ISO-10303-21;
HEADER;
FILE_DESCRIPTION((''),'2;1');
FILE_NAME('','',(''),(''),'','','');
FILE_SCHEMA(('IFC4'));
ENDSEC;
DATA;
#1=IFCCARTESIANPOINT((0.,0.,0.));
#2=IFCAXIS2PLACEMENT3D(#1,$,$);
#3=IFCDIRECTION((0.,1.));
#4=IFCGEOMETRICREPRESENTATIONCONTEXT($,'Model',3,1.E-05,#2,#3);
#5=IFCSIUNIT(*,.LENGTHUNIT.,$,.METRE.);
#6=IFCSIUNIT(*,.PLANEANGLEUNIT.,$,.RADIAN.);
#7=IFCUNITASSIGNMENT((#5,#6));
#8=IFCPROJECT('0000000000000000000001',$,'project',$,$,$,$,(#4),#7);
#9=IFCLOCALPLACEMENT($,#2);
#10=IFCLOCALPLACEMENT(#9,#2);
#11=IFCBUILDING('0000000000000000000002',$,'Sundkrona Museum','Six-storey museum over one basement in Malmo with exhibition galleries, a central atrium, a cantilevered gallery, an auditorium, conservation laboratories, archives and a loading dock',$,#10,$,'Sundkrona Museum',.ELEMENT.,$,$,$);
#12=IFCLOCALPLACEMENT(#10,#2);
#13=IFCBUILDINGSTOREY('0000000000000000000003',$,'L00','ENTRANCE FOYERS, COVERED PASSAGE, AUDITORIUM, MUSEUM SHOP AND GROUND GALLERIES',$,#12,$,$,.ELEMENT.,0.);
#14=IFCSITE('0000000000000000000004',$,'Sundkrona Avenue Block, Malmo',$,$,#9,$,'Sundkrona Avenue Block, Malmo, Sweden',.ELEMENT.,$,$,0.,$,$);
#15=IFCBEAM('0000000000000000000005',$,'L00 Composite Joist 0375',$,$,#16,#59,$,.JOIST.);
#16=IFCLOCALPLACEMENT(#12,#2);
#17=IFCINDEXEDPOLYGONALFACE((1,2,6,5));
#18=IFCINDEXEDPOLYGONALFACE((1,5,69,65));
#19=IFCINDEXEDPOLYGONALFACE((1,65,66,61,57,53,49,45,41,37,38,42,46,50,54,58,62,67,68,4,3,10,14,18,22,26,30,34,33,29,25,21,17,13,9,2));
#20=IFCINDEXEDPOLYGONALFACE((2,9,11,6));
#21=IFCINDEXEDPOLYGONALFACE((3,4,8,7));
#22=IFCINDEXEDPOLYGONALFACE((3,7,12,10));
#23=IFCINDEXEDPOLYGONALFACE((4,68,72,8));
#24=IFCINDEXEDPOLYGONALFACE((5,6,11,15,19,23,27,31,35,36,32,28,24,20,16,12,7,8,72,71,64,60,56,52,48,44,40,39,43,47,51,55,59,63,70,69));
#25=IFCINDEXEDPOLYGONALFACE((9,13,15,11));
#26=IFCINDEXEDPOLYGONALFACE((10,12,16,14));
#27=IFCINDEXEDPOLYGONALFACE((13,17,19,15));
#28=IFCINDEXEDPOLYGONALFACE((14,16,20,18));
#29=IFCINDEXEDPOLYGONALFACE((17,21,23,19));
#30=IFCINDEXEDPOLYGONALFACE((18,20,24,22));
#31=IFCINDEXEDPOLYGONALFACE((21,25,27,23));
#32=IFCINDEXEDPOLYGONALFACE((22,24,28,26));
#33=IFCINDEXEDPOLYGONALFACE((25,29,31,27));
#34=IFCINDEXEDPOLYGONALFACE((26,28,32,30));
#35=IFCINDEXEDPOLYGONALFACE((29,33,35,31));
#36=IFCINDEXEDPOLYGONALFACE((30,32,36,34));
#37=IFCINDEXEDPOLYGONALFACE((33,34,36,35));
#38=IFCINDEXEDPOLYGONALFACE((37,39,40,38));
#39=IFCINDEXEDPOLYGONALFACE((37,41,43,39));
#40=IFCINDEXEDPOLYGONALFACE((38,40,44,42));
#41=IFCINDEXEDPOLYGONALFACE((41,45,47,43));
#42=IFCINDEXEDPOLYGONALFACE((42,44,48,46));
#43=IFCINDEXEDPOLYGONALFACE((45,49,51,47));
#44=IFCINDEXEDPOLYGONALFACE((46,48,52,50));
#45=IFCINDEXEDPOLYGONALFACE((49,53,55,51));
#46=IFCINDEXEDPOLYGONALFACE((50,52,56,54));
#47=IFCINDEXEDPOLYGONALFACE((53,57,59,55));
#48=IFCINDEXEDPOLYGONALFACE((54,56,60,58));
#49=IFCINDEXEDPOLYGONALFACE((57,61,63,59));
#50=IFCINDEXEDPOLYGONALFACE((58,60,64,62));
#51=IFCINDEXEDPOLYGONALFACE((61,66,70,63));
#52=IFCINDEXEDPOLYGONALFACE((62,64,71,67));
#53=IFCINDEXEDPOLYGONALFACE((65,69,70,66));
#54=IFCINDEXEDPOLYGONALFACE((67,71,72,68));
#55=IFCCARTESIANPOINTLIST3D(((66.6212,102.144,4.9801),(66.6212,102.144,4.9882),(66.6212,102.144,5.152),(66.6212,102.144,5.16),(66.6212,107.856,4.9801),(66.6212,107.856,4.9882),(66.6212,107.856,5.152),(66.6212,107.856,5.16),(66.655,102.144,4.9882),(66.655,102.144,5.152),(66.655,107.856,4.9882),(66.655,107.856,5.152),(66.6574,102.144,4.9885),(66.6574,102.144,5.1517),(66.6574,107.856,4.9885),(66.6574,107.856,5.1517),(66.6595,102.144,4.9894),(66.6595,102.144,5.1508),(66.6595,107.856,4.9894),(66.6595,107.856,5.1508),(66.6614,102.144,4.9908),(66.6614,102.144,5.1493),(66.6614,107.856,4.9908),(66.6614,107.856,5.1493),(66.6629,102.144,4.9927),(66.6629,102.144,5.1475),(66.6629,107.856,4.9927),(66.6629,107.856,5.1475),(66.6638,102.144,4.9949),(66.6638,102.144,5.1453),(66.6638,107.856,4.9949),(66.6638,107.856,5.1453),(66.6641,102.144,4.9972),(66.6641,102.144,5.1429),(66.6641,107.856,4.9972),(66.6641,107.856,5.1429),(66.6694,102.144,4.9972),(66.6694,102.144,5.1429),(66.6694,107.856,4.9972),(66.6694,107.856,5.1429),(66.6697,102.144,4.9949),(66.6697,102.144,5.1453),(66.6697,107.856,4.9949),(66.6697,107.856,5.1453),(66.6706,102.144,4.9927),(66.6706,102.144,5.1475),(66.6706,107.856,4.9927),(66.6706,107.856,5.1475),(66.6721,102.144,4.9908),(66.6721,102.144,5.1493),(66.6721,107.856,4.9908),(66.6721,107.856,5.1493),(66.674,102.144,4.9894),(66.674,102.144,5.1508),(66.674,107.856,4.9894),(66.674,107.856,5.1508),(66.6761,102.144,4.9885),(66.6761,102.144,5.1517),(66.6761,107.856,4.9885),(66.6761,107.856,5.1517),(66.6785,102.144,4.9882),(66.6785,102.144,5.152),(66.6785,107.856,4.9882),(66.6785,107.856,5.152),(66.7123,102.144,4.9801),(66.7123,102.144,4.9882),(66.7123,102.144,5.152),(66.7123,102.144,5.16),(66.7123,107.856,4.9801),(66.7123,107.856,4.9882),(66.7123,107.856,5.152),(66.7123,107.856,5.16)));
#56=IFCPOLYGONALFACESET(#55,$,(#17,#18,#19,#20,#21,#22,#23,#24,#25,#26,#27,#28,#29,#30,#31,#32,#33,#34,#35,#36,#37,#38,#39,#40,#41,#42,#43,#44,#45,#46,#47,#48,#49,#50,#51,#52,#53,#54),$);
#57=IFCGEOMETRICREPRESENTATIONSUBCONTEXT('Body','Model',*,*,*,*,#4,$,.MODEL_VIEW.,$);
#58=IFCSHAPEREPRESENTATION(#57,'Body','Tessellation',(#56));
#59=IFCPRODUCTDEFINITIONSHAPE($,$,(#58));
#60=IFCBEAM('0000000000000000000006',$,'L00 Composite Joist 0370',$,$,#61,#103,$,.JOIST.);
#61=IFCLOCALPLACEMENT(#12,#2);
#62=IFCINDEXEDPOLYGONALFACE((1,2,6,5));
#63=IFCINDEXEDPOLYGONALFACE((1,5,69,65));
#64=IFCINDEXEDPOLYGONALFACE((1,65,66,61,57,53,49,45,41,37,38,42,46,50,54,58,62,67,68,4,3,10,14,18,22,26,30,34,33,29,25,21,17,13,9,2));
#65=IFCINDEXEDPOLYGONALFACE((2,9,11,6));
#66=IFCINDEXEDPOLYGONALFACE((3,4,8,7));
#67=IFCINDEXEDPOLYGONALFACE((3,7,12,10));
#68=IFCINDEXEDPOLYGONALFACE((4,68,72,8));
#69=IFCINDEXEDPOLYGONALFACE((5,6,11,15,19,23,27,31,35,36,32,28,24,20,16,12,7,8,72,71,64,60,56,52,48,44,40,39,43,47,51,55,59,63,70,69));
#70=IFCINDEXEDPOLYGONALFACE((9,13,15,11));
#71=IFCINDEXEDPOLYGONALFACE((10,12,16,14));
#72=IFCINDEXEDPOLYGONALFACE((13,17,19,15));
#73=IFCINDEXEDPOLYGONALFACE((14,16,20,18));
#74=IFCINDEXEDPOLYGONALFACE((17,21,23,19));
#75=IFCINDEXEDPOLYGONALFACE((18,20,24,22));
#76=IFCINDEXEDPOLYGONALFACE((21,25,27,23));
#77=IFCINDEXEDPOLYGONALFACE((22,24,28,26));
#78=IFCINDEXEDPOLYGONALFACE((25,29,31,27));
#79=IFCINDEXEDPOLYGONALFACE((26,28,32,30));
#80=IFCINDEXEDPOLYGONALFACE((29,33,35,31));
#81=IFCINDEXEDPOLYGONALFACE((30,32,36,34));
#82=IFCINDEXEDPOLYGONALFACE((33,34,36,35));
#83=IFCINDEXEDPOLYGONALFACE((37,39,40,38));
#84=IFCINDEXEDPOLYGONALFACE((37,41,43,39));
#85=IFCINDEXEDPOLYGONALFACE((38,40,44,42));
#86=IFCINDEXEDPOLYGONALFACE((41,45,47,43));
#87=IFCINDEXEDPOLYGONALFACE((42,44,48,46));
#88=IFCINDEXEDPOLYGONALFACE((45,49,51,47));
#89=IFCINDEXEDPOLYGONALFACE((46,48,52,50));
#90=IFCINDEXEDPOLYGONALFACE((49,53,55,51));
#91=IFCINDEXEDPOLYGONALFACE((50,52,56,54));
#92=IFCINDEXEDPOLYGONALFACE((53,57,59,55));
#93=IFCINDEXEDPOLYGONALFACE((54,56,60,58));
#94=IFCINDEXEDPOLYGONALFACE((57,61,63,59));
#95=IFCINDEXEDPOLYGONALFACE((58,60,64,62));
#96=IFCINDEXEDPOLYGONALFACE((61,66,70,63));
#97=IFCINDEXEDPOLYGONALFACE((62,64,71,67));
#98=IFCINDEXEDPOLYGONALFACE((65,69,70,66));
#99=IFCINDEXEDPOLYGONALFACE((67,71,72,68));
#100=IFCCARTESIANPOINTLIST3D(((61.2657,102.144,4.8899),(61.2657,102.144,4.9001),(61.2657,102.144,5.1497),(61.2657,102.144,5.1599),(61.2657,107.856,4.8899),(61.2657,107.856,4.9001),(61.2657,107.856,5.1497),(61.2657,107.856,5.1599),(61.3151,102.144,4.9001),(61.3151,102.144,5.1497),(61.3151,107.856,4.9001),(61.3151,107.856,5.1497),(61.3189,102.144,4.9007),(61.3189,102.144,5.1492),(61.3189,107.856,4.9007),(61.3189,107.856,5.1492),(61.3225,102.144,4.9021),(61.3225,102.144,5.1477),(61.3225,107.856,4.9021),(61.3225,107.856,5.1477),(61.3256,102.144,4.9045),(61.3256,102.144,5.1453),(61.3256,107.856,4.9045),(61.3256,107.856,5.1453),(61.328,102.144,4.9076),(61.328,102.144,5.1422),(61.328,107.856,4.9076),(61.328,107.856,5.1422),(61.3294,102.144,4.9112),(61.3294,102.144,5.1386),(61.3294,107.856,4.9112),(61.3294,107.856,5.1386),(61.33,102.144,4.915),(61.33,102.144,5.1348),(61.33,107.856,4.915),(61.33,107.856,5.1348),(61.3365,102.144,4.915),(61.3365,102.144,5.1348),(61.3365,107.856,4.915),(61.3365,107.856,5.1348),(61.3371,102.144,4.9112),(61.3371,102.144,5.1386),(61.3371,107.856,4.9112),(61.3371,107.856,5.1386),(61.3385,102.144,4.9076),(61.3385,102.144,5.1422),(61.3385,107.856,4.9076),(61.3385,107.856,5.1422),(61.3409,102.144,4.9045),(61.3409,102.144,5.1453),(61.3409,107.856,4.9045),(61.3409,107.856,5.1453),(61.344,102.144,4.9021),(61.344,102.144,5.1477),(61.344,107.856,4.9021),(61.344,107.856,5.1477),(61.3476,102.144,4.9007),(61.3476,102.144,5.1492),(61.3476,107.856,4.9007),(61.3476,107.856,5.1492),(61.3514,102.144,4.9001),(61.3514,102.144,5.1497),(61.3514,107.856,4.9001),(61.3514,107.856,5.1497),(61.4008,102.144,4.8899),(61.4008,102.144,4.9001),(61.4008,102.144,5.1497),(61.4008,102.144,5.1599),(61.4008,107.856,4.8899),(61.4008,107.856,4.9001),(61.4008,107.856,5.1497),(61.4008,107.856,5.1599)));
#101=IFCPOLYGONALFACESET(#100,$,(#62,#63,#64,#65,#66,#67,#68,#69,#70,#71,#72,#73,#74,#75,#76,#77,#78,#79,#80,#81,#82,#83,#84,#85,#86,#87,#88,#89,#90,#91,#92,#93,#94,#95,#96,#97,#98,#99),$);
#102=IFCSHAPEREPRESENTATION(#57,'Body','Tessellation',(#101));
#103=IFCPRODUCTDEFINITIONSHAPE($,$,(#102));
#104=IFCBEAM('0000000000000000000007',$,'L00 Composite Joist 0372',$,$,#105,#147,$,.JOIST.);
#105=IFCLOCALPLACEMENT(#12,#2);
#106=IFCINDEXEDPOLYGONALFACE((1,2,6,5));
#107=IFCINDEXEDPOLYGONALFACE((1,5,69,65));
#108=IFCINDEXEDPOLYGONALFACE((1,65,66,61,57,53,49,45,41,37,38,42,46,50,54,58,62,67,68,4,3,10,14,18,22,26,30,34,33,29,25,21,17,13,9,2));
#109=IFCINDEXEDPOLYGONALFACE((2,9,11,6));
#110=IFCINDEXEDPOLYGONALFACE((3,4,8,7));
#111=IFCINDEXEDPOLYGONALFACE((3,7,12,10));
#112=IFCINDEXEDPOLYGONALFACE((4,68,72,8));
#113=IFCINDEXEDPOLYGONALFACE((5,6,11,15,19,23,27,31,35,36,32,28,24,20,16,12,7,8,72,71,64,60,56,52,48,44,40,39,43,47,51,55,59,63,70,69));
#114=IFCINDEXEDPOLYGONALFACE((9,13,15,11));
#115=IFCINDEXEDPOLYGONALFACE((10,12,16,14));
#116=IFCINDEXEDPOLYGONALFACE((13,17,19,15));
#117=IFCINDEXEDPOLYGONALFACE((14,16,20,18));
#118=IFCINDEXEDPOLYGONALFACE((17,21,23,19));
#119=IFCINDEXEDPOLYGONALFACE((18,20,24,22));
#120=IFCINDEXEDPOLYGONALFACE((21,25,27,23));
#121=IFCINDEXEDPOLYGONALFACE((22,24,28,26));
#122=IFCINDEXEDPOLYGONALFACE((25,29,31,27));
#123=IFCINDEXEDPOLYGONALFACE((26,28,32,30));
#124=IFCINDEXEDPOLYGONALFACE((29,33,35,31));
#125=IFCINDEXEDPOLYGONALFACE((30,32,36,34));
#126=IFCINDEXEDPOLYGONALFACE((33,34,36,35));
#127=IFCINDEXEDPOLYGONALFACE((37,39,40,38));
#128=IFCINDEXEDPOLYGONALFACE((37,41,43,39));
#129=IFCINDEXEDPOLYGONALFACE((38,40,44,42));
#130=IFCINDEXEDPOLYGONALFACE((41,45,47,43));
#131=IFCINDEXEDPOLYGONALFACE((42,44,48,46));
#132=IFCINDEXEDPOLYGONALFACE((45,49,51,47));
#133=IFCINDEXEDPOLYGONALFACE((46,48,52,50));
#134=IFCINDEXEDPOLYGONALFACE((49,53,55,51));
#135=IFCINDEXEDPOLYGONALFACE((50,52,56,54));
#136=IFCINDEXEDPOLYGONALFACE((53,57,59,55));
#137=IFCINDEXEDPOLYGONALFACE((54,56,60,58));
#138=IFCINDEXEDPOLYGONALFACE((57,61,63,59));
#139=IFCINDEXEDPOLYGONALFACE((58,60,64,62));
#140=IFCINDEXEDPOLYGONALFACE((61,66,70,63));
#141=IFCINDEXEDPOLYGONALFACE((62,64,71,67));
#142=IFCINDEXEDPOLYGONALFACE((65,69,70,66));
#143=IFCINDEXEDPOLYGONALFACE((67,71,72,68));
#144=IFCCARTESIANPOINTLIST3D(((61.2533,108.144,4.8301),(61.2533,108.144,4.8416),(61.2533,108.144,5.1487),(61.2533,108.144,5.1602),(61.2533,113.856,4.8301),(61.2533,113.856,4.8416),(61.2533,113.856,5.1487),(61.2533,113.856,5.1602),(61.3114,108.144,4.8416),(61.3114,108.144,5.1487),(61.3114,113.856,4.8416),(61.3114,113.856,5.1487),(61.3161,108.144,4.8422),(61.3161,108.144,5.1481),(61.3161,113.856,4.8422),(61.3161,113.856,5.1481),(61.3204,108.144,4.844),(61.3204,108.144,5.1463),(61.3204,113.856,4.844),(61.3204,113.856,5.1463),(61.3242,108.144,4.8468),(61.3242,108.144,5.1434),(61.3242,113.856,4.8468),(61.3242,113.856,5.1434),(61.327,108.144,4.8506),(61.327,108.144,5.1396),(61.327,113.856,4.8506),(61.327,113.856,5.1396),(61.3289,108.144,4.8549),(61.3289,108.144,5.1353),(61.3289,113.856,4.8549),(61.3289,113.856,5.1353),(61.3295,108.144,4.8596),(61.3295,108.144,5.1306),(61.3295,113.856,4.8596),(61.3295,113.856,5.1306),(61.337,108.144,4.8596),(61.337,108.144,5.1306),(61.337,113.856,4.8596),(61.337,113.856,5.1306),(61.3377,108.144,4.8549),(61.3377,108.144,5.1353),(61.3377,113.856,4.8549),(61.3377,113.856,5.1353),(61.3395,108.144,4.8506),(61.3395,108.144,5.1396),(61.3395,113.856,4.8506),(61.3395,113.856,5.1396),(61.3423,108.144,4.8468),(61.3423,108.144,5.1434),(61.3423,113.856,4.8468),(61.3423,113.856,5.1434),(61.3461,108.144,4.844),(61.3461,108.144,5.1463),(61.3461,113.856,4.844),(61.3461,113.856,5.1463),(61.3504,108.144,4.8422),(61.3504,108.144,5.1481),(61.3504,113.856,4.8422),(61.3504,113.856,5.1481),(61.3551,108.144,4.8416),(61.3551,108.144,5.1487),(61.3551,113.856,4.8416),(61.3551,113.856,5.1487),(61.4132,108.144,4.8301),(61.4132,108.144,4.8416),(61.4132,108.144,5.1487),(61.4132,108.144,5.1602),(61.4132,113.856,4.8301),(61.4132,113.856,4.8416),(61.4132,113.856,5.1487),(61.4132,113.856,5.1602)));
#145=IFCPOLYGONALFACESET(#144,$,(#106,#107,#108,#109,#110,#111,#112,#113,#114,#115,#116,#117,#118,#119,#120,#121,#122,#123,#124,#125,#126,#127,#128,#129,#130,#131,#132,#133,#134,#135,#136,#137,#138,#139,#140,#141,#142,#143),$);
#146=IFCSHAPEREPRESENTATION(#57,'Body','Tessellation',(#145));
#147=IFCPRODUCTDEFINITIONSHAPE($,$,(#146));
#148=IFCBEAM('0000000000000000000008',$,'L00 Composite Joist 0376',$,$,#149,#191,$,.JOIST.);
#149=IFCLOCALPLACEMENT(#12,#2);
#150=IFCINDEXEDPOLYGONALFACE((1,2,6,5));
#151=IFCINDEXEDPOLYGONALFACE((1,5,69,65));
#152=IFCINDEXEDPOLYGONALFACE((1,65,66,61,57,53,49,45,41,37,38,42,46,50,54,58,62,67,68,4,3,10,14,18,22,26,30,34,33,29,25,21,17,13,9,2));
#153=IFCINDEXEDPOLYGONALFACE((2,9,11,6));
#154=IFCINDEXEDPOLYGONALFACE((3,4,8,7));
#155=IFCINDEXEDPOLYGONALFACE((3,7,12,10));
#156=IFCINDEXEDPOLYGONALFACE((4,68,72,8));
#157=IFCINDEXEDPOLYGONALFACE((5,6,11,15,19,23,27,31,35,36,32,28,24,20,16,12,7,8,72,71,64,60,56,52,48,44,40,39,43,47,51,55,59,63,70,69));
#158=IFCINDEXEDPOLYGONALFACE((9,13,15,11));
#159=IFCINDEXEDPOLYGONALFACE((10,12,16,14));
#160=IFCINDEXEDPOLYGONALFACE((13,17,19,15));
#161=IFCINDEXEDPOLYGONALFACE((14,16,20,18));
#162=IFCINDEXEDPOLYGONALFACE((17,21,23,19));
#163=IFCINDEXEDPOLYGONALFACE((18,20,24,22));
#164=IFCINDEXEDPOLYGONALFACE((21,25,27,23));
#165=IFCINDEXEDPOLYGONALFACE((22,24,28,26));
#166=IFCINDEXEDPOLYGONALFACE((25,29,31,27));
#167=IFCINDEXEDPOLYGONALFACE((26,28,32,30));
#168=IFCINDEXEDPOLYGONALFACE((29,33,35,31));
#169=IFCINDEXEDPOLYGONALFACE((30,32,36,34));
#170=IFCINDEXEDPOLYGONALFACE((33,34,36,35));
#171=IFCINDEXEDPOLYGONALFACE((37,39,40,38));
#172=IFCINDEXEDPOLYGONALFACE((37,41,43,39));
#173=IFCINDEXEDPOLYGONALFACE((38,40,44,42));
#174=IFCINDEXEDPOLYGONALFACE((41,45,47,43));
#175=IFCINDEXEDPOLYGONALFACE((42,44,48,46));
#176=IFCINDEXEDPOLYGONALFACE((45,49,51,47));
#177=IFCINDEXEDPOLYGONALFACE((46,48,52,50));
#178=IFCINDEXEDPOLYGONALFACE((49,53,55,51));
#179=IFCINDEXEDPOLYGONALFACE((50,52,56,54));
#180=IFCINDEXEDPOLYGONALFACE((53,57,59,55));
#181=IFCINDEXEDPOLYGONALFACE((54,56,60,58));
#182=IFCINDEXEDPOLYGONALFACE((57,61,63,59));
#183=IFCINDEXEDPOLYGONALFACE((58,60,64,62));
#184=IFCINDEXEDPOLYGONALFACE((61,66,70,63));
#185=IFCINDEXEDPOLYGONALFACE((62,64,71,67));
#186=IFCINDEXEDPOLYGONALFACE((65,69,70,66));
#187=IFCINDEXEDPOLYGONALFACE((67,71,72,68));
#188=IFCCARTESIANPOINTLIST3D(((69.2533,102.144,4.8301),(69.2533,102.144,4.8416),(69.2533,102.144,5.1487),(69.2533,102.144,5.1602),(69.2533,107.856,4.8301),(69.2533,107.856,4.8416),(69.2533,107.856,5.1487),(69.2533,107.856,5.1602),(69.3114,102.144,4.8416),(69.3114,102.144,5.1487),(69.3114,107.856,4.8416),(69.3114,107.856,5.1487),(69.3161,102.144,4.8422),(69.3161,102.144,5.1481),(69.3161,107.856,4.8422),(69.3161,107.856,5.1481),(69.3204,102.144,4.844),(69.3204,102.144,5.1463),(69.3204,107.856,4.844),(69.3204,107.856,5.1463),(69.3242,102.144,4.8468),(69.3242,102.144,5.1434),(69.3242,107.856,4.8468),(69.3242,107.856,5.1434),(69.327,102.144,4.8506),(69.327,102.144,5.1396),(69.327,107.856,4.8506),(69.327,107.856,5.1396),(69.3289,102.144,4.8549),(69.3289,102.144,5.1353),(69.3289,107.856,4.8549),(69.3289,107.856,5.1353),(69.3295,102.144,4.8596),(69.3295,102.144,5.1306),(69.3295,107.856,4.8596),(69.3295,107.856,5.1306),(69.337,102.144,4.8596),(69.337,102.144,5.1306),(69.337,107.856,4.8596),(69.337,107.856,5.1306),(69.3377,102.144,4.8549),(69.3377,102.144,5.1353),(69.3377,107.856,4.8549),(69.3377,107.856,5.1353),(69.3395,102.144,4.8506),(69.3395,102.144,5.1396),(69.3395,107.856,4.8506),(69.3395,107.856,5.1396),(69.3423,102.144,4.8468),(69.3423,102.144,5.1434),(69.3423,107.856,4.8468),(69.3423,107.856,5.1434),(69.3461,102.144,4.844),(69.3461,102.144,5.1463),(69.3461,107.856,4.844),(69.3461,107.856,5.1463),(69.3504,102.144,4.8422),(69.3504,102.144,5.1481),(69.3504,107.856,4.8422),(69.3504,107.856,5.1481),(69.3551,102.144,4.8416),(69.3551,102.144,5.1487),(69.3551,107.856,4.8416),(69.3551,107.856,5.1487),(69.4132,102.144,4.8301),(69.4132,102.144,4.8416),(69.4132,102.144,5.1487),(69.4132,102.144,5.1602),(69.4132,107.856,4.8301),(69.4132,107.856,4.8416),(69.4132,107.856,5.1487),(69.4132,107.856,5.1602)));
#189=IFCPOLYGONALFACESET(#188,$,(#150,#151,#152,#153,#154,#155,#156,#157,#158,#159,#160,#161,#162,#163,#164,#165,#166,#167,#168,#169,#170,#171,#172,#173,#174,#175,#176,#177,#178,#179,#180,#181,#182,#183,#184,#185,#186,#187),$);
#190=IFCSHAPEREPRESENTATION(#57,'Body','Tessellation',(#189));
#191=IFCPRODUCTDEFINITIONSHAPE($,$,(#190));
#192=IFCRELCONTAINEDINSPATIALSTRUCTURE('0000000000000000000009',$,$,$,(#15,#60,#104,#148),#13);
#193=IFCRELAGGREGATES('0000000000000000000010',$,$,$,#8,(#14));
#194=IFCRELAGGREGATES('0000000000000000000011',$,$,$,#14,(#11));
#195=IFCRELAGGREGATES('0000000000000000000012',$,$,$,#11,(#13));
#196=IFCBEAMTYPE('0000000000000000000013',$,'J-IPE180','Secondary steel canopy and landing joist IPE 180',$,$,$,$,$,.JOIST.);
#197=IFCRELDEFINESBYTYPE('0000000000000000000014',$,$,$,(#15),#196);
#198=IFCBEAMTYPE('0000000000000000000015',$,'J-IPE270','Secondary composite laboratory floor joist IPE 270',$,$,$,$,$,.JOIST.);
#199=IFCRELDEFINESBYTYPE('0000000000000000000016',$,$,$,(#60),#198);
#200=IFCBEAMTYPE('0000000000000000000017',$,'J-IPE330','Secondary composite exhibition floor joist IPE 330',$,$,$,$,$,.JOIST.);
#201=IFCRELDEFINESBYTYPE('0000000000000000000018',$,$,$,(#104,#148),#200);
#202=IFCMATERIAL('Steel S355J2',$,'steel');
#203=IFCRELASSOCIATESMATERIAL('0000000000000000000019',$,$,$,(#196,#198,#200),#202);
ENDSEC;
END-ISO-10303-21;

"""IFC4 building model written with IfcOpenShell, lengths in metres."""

from ifc_helpers import new_model, si_unit, direction, frame, origin, origin_2d, place, context, subcontext, project, spatial, i_section, extrude, material, material_profile, profile_set, type_object, element, save


model = new_model("IFC4")

# Units and contexts
model_context = context("Model", 3, precision=1e-05, world=origin(), true_north=direction((0.0, 1.0)))
body_context = subcontext(model_context, "Body", "Model", "MODEL_VIEW")
ifc_project = project(units=[si_unit("LENGTHUNIT", "METRE"), si_unit("PLANEANGLEUNIT", "RADIAN")], contexts=[model_context])

# Site, building, storey
site_placement = place(None, origin())
site = spatial("IfcSite", under=ifc_project, at=site_placement, Name="Sundkrona Avenue Block, Malmo", LongName="Sundkrona Avenue Block, Malmo, Sweden", CompositionType="ELEMENT", RefElevation=0.0)
building_placement = place(site_placement, origin())
building = spatial("IfcBuilding", under=site, at=building_placement, Name="Sundkrona Museum", Description="Six-storey museum over one basement in Malmo with exhibition galleries, a central atrium, a cantilevered gallery, an auditorium, conservation laboratories, archives and a loading dock", LongName="Sundkrona Museum", CompositionType="ELEMENT")
storey_placement = place(building_placement, origin())
storey = spatial("IfcBuildingStorey", under=building, at=storey_placement, Name="L00", Description="ENTRANCE FOYERS, COVERED PASSAGE, AUDITORIUM, MUSEUM SHOP AND GROUND GALLERIES", CompositionType="ELEMENT", Elevation=0.0)

# Shared definitions
ifc_material_1 = material(Name="Steel S355J2", Category="steel")

# Beams
ifc_material_profile_1 = material_profile(ifc_material_1, i_section(OverallWidth=0.0911, OverallDepth=0.1799, WebThickness=0.0054, FlangeThickness=0.0081, FilletRadius=0.009, at=origin_2d()), Name="IPE 180")
ifc_profile_set_1 = profile_set([ifc_material_profile_1], Name="Steel S355J2")
beam_type_1 = type_object("IfcBeamType", Name="J-IPE180", Description="Secondary steel canopy and landing joist IPE 180", PredefinedType="JOIST", material=ifc_profile_set_1)
beam_1_placement = place(storey_placement, frame((66.6667, 102.144, 5.0701), z_axis=(0.0, 1.0, 0.0), x_axis=(-1.0, 0.0, 0.0)))
element("IfcBeam", 1, at=beam_1_placement, inside=storey, type_object=beam_type_1, Name="L00 Composite Joist 0375", PredefinedType="JOIST", context=body_context, shape_type="SweptSolid", body=[
    extrude(i_section(OverallWidth=0.0911, OverallDepth=0.1799, WebThickness=0.0054, FlangeThickness=0.0081, FilletRadius=0.009, at=origin_2d()), origin(), (0.0, 0.0, 1.0), 5.7119),
])
ifc_material_profile_2 = material_profile(ifc_material_1, i_section(OverallWidth=0.135, OverallDepth=0.27, WebThickness=0.0066, FlangeThickness=0.0103, FilletRadius=0.0149, at=origin_2d()), Name="IPE 270")
ifc_profile_set_2 = profile_set([ifc_material_profile_2], Name="Steel S355J2")
beam_type_2 = type_object("IfcBeamType", Name="J-IPE270", Description="Secondary composite laboratory floor joist IPE 270", PredefinedType="JOIST", material=ifc_profile_set_2)
beam_2_placement = place(storey_placement, frame((61.3333, 102.144, 5.0249), z_axis=(0.0, 1.0, 0.0), x_axis=(-1.0, 0.0, 0.0)))
element("IfcBeam", 2, at=beam_2_placement, inside=storey, type_object=beam_type_2, Name="L00 Composite Joist 0370", PredefinedType="JOIST", context=body_context, shape_type="SweptSolid", body=[
    extrude(i_section(OverallWidth=0.135, OverallDepth=0.27, WebThickness=0.0066, FlangeThickness=0.0103, FilletRadius=0.0149, at=origin_2d()), origin(), (0.0, 0.0, 1.0), 5.7119),
])
ifc_material_profile_3 = material_profile(ifc_material_1, i_section(OverallWidth=0.1599, OverallDepth=0.3301, WebThickness=0.0076, FlangeThickness=0.0115, FilletRadius=0.0181, at=origin_2d()), Name="IPE 330")
ifc_profile_set_3 = profile_set([ifc_material_profile_3], Name="Steel S355J2")
beam_type_3 = type_object("IfcBeamType", Name="J-IPE330", Description="Secondary composite exhibition floor joist IPE 330", PredefinedType="JOIST", material=ifc_profile_set_3)
for number, where, z_axis, x_axis, name in (
    (3, (61.3333, 108.144, 4.9951), (0.0, 1.0, 0.0), (-1.0, 0.0, 0.0), "L00 Composite Joist 0372"),
    (4, (69.3333, 102.144, 4.9951), (0.0, 1.0, 0.0), (-1.0, 0.0, 0.0), "L00 Composite Joist 0376"),
):
    element("IfcBeam", number, at=place(storey_placement, frame(where, z_axis=z_axis, x_axis=x_axis)), inside=storey, type_object=beam_type_3, Name=name, PredefinedType="JOIST", context=body_context, shape_type="SweptSolid", body=[
        extrude(i_section(OverallWidth=0.1599, OverallDepth=0.3301, WebThickness=0.0076, FlangeThickness=0.0115, FilletRadius=0.0181, at=origin_2d()), origin(), (0.0, 0.0, 1.0), 5.7119),
    ])

save(model, "model.ifc")
